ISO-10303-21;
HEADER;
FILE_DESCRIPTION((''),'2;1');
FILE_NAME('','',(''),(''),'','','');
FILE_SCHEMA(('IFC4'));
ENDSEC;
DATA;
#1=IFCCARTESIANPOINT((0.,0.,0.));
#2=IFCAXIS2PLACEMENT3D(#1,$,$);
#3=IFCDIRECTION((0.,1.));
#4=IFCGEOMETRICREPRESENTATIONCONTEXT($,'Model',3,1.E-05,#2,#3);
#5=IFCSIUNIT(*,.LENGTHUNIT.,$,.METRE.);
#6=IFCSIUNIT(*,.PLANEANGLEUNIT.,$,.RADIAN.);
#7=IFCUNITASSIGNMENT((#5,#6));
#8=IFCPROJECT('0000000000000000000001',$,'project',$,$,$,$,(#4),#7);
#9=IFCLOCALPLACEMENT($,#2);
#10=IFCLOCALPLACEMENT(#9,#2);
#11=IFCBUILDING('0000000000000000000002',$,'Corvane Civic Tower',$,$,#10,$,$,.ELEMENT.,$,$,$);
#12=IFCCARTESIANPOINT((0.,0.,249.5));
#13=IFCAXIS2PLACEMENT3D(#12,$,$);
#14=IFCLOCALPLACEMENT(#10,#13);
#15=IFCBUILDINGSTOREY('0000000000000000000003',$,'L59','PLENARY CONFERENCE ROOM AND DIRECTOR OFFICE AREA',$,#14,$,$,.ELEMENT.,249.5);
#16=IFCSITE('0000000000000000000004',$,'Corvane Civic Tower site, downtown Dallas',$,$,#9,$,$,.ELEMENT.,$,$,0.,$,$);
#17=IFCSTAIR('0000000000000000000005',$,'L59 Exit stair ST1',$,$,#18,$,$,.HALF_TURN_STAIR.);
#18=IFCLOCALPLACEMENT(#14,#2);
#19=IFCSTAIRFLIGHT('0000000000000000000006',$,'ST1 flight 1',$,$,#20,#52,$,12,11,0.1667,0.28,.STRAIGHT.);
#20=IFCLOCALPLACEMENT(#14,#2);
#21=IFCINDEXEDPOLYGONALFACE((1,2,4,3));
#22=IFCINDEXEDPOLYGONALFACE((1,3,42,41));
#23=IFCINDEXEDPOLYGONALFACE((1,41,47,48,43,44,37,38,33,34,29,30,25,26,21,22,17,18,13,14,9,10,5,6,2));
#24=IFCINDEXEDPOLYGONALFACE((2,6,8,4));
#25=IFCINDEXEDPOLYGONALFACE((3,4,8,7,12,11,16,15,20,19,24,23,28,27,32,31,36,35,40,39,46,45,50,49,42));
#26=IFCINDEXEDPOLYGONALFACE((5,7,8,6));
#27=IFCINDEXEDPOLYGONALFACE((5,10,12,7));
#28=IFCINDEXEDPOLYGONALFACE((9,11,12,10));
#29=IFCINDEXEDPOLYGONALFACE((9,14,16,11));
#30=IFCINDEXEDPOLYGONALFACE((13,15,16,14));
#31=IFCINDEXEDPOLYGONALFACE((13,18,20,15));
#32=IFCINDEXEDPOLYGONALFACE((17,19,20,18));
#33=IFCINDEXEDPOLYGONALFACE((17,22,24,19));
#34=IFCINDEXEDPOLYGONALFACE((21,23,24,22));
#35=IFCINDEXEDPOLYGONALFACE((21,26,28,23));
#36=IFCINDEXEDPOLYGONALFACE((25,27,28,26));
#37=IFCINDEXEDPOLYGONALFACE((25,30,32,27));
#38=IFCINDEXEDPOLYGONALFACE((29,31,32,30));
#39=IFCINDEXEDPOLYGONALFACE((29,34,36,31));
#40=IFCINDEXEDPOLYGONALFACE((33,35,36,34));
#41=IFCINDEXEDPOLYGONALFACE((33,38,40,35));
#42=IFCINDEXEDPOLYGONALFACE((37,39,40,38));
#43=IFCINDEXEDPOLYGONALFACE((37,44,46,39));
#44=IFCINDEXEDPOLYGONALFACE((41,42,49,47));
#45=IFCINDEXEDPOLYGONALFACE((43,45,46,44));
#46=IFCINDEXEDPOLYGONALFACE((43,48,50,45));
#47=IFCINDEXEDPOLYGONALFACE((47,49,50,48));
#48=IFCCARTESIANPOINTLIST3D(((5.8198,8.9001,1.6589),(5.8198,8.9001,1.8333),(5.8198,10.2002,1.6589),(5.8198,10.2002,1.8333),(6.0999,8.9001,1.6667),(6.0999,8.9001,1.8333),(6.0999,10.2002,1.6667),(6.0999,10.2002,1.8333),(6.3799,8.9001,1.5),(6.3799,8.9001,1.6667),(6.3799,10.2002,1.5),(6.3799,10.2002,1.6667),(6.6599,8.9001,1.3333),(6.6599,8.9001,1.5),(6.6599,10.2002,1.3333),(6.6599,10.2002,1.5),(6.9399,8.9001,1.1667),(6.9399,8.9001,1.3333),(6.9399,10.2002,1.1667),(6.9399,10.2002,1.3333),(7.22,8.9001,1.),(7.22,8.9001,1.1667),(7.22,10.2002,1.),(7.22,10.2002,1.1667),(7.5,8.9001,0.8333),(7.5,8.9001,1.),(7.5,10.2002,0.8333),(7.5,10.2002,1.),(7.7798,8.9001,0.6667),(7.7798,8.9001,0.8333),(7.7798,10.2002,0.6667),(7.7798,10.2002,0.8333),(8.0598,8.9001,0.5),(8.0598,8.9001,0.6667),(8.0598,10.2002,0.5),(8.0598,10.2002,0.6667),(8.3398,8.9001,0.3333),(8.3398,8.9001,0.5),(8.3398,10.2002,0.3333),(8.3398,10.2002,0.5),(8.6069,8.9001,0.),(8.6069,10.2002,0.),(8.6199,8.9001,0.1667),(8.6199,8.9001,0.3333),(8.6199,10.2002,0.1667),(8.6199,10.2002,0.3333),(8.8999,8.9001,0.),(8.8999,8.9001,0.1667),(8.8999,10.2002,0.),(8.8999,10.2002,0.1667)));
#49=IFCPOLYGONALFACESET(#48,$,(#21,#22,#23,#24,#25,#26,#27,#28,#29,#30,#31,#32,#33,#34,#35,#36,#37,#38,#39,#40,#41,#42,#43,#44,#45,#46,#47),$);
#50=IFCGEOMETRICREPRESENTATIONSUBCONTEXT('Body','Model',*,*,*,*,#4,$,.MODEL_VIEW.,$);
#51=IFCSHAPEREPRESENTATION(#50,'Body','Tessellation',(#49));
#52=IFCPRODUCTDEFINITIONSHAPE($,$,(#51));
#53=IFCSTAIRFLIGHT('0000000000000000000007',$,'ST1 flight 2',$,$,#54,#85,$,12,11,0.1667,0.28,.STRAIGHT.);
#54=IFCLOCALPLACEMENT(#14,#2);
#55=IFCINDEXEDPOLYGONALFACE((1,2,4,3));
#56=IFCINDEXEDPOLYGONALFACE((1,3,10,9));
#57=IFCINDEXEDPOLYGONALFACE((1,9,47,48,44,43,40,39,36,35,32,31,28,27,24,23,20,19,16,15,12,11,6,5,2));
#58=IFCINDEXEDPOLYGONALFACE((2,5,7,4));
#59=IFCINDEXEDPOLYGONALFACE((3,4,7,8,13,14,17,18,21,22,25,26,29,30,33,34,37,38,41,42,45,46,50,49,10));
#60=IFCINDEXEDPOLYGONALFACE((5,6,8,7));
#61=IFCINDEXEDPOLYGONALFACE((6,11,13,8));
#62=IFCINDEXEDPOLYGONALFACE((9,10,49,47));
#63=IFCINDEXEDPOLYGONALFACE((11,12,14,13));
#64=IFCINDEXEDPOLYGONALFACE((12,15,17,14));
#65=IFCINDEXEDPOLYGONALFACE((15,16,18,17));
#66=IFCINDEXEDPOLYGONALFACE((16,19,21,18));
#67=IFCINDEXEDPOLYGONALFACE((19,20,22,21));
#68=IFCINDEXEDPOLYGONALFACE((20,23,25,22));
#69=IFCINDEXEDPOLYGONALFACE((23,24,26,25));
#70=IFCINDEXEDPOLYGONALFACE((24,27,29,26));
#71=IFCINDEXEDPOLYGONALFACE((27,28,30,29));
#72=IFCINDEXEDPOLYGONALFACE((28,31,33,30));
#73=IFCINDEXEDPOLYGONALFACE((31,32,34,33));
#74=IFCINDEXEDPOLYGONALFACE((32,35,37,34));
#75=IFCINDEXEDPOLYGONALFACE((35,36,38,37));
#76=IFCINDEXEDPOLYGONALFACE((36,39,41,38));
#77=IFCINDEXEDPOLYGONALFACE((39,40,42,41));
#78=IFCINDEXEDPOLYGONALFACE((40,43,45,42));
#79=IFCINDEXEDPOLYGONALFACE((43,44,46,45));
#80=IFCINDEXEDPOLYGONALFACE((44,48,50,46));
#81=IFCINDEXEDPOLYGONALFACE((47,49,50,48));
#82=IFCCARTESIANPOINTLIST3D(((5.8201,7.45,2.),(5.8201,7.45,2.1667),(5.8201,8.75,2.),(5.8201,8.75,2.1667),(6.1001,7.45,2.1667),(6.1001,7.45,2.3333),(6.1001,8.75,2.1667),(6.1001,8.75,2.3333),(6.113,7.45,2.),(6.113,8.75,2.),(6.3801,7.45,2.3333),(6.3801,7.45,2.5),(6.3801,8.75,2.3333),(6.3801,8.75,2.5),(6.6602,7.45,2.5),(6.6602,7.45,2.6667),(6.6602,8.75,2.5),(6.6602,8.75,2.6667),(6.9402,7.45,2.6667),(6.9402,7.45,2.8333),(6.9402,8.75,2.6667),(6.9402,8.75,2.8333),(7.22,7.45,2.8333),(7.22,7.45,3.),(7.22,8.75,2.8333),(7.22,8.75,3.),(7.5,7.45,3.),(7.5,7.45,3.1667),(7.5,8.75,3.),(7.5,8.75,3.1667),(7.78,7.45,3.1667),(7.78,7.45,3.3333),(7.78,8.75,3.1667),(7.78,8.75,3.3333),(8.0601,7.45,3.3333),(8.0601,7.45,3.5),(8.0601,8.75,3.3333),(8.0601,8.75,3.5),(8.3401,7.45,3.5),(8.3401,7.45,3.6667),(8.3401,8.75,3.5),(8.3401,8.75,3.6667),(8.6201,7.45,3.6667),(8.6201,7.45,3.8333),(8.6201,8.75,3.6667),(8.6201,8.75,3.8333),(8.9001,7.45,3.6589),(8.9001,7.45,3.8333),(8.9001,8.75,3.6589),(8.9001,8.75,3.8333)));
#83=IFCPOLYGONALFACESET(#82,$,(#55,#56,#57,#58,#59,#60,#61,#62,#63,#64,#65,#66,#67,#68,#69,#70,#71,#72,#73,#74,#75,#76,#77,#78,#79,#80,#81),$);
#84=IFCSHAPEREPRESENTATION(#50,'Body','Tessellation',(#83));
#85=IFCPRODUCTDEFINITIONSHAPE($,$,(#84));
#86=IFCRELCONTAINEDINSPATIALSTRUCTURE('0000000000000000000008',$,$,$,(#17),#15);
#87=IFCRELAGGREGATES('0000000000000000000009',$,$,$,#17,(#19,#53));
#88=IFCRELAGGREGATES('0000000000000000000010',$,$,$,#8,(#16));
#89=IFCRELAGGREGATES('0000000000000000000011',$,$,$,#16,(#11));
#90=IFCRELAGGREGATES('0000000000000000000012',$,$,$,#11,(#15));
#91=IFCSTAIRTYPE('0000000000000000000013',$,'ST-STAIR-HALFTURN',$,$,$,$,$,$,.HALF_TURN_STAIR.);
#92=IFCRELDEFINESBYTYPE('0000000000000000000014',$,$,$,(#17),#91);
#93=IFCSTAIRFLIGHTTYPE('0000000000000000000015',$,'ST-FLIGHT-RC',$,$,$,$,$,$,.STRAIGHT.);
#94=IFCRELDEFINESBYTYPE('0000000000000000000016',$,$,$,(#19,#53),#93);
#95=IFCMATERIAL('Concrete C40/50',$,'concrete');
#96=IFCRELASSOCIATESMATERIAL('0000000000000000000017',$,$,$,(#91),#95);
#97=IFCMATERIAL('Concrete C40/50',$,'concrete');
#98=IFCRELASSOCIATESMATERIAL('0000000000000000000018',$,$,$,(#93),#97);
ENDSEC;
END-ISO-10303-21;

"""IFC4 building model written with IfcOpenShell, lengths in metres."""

from ifc_helpers import new_model, si_unit, direction, frame, origin, place, context, subcontext, project, spatial, polyline, outline, extrude, material, type_object, element, aggregate, save


model = new_model("IFC4")

# Units and contexts
model_context = context("Model", 3, precision=1e-05, world=origin(), true_north=direction((0.0, 1.0)))
body_context = subcontext(model_context, "Body", "Model", "MODEL_VIEW")
ifc_project = project(units=[si_unit("LENGTHUNIT", "METRE"), si_unit("PLANEANGLEUNIT", "RADIAN")], contexts=[model_context])

# Site, building, storey
site_placement = place(None, origin())
site = spatial("IfcSite", under=ifc_project, at=site_placement, Name="Corvane Civic Tower site, downtown Dallas", CompositionType="ELEMENT", RefElevation=0.0)
building_placement = place(site_placement, origin())
building = spatial("IfcBuilding", under=site, at=building_placement, Name="Corvane Civic Tower", CompositionType="ELEMENT")
storey_placement = place(building_placement, frame((0.0, 0.0, 249.5)))
storey = spatial("IfcBuildingStorey", under=building, at=storey_placement, Name="L59", Description="PLENARY CONFERENCE ROOM AND DIRECTOR OFFICE AREA", CompositionType="ELEMENT", Elevation=249.5)

# Stair, stair flights
ifc_material_1 = material(Name="Concrete C40/50", Category="concrete")
stair_type = type_object("IfcStairType", Name="ST-STAIR-HALFTURN", PredefinedType="HALF_TURN_STAIR", material=ifc_material_1)
stair_placement = place(storey_placement, origin())
stair = element("IfcStair", 1, at=stair_placement, inside=storey, type_object=stair_type, Name="L59 Exit stair ST1", PredefinedType="HALF_TURN_STAIR")
ifc_material_2 = material(Name="Concrete C40/50", Category="concrete")
stair_flight_type = type_object("IfcStairFlightType", Name="ST-FLIGHT-RC", PredefinedType="STRAIGHT", material=ifc_material_2)
stair_flight_1_placement = place(storey_placement, frame((8.8999, 9.55, 0.0), z_axis=(0.0, 0.0, 1.0), x_axis=(-1.0, 0.0, 0.0)))
stair_flight_1 = element("IfcStairFlight", 2, at=stair_flight_1_placement, type_object=stair_flight_type, Name="ST1 flight 1", NumberOfRisers=12, NumberOfTreads=11, PredefinedType="STRAIGHT", RiserHeight=0.1667, TreadLength=0.28, context=body_context, shape_type="SweptSolid", body=[
    extrude(outline(polyline([(0.0, 0.0), (0.0, 0.1667), (0.28, 0.1667), (0.28, 0.3333), (0.5601, 0.3333), (0.5601, 0.5), (0.8401, 0.5), (0.8401, 0.6667), (1.1201, 0.6667), (1.1201, 0.8333), (1.3999, 0.8333), (1.3999, 1.0), (1.6799, 1.0), (1.6799, 1.1667), (1.96, 1.1667), (1.96, 1.3333), (2.24, 1.3333), (2.24, 1.5), (2.52, 1.5), (2.52, 1.6667), (2.8, 1.6667), (2.8, 1.8333), (3.0801, 1.8333), (3.0801, 2.0), (3.0801, 1.6589), (0.293, 0.0), (0.0, 0.0)])), frame((0.0, 0.6499, 0.0), z_axis=(0.0, -1.0, 0.0), x_axis=(1.0, 0.0, 0.0)), (0.0, 0.0, 1.0), 1.3),
])
stair_flight_2_placement = place(storey_placement, frame((5.8201, 8.1001, 2.0), z_axis=(0.0, 0.0, 1.0), x_axis=(1.0, 0.0, 0.0)))
stair_flight_2 = element("IfcStairFlight", 3, at=stair_flight_2_placement, type_object=stair_flight_type, Name="ST1 flight 2", NumberOfRisers=12, NumberOfTreads=11, PredefinedType="STRAIGHT", RiserHeight=0.1667, TreadLength=0.28, context=body_context, shape_type="SweptSolid", body=[
    extrude(outline(polyline([(0.0, 0.0), (0.0, 0.1667), (0.28, 0.1667), (0.28, 0.3333), (0.5601, 0.3333), (0.5601, 0.5), (0.8401, 0.5), (0.8401, 0.6667), (1.1201, 0.6667), (1.1201, 0.8333), (1.3999, 0.8333), (1.3999, 1.0), (1.6799, 1.0), (1.6799, 1.1667), (1.96, 1.1667), (1.96, 1.3333), (2.24, 1.3333), (2.24, 1.5), (2.52, 1.5), (2.52, 1.6667), (2.8, 1.6667), (2.8, 1.8333), (3.0801, 1.8333), (3.0801, 2.0), (3.0801, 1.6589), (0.293, 0.0), (0.0, 0.0)])), frame((0.0, 0.6499, 0.0), z_axis=(0.0, -1.0, 0.0), x_axis=(1.0, 0.0, 0.0)), (0.0, 0.0, 1.0), 1.3),
])
aggregate(stair, [stair_flight_1, stair_flight_2])

save(model, "model.ifc")
